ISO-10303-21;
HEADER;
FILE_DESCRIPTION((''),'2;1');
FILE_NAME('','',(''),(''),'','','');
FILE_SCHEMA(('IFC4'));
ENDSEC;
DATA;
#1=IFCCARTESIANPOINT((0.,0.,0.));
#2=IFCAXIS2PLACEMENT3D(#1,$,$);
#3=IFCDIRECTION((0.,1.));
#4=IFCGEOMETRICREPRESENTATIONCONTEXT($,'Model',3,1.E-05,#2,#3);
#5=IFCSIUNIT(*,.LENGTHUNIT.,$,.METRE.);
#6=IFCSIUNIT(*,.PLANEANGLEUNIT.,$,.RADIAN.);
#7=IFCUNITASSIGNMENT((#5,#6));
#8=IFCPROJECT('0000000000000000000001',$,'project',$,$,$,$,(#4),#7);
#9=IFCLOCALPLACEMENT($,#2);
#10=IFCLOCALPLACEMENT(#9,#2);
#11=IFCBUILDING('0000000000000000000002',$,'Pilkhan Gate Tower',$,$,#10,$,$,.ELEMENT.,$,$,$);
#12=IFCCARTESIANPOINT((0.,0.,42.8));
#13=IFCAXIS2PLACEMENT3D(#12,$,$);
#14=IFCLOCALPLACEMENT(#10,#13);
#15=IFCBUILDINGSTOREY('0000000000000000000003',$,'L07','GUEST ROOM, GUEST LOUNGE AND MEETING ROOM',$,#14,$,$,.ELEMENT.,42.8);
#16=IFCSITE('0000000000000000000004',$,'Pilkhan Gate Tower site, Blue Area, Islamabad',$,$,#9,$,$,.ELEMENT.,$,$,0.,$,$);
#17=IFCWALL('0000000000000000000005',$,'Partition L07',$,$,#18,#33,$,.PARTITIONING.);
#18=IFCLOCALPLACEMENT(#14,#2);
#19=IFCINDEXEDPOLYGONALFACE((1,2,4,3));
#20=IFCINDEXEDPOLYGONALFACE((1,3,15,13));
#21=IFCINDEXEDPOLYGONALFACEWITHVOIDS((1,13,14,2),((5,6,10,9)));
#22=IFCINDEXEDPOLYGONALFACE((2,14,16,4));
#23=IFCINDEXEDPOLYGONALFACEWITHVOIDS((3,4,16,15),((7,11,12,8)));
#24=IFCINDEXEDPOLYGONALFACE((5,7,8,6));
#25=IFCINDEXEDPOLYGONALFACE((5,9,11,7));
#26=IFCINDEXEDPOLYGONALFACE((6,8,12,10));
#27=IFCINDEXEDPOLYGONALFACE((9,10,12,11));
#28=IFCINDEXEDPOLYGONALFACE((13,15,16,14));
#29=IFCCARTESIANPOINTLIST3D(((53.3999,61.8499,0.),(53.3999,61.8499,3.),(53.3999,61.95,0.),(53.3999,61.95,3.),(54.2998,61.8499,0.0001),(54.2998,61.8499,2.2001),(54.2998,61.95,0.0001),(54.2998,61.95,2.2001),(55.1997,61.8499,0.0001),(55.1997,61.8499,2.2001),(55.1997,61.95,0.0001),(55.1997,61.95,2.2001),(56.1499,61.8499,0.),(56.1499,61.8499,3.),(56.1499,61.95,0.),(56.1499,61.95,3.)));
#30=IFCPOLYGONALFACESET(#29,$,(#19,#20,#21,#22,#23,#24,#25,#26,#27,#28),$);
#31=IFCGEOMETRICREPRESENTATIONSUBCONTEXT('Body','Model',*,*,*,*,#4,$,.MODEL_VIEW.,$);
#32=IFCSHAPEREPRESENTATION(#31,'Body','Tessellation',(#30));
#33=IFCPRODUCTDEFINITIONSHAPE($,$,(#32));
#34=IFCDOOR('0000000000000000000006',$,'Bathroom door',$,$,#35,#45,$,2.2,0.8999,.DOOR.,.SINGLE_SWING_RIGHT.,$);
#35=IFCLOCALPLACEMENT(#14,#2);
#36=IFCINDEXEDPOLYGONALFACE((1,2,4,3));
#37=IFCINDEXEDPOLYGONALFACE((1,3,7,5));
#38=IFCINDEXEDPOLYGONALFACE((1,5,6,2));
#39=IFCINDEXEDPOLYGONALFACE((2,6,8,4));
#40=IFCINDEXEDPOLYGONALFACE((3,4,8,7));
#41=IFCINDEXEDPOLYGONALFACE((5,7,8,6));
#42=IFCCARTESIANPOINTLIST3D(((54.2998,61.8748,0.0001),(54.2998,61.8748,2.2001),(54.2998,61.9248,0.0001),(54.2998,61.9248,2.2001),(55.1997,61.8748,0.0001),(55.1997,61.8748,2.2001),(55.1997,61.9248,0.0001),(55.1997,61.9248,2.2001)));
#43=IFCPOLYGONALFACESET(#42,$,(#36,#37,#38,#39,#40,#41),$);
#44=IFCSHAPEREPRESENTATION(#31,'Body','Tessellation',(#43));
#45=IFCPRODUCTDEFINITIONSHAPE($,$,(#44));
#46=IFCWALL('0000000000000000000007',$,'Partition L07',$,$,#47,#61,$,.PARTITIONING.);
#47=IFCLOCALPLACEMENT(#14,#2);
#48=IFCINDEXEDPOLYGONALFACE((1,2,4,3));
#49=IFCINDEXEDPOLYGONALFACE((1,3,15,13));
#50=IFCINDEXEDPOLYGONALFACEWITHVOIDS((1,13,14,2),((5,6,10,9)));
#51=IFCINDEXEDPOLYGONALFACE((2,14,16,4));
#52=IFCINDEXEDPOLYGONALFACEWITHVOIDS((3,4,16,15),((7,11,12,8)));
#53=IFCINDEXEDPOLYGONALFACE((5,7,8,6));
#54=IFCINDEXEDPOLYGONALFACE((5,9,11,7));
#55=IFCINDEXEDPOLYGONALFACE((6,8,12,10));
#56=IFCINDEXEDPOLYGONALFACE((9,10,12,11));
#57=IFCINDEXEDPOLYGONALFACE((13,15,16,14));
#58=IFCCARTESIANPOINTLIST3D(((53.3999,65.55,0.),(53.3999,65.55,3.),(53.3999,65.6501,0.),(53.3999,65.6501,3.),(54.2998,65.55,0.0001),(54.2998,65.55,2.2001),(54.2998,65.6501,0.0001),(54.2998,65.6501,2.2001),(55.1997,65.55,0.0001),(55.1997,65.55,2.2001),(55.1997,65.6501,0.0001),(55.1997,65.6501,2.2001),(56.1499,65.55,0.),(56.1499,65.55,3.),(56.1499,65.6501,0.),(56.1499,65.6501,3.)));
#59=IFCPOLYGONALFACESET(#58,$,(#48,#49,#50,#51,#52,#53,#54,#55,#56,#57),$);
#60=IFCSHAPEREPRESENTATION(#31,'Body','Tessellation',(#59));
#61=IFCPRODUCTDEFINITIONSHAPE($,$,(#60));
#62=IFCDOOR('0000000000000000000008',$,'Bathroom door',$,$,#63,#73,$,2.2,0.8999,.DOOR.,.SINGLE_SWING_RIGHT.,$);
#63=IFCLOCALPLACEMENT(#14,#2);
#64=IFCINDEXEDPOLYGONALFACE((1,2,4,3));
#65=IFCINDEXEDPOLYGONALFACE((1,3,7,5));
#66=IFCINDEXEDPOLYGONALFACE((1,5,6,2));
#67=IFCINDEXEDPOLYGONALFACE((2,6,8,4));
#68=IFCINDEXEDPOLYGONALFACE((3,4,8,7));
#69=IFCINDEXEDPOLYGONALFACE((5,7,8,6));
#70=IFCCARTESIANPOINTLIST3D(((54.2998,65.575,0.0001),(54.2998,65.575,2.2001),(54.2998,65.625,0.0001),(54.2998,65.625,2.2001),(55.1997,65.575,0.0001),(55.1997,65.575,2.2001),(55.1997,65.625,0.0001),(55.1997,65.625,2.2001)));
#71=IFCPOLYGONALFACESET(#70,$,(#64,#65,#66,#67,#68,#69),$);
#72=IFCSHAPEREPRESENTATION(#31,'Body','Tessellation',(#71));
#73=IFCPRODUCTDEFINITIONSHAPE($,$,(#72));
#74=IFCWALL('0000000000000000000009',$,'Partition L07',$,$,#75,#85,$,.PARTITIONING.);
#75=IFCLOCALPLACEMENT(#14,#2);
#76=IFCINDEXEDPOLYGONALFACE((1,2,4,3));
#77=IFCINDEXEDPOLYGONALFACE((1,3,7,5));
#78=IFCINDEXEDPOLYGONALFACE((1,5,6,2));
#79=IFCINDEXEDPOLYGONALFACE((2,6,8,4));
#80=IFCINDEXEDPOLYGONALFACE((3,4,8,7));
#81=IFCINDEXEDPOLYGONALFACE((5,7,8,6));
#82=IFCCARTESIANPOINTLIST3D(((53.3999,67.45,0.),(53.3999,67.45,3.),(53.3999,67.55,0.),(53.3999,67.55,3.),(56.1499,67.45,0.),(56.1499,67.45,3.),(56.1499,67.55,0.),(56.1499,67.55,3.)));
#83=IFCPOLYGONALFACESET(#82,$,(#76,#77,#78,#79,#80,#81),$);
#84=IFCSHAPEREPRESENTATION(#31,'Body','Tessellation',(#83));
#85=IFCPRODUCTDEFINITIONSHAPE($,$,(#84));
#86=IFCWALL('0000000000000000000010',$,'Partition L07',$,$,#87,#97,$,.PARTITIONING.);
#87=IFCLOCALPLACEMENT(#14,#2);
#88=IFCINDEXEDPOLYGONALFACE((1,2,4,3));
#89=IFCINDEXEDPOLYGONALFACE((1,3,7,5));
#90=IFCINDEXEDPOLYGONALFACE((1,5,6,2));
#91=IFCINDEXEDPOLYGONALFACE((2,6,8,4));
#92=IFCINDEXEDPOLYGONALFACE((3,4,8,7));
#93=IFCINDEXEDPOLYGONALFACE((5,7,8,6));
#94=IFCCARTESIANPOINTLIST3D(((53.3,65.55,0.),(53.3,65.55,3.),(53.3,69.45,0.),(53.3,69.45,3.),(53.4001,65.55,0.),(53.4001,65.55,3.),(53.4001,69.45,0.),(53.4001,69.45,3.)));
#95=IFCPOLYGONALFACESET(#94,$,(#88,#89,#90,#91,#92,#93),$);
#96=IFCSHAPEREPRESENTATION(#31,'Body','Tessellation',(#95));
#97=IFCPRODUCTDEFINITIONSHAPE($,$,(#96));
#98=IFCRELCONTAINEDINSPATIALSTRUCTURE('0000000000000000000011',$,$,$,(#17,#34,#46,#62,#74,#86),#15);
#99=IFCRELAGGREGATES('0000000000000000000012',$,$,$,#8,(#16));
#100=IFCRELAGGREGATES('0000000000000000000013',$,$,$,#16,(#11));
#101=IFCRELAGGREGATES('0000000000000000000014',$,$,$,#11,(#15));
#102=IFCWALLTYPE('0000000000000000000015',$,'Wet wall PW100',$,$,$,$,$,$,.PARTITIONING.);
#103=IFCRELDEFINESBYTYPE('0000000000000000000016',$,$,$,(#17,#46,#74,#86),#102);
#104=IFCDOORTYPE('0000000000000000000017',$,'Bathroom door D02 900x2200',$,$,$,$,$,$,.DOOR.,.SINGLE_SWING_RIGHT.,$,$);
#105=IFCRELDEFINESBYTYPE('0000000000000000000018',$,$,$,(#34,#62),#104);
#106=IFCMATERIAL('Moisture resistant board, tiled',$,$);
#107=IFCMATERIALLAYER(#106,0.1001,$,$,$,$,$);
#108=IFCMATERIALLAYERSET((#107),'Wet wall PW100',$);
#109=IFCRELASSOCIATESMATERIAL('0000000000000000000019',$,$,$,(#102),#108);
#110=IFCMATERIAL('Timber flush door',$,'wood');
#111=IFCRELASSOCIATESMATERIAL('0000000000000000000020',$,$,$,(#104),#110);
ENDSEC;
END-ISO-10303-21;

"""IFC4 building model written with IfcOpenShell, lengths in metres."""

from ifc_helpers import new_model, si_unit, direction, frame, frame_2d, origin, place, context, subcontext, project, spatial, rectangle, extrude, material, layer, layer_set, type_object, element, fill, save


model = new_model("IFC4")

# Units and contexts
model_context = context("Model", 3, precision=1e-05, world=origin(), true_north=direction((0.0, 1.0)))
body_context = subcontext(model_context, "Body", "Model", "MODEL_VIEW")
ifc_project = project(units=[si_unit("LENGTHUNIT", "METRE"), si_unit("PLANEANGLEUNIT", "RADIAN")], contexts=[model_context])

# Site, building, storey
site_placement = place(None, origin())
site = spatial("IfcSite", under=ifc_project, at=site_placement, Name="Pilkhan Gate Tower site, Blue Area, Islamabad", CompositionType="ELEMENT", RefElevation=0.0)
building_placement = place(site_placement, origin())
building = spatial("IfcBuilding", under=site, at=building_placement, Name="Pilkhan Gate Tower", CompositionType="ELEMENT")
storey_placement = place(building_placement, frame((0.0, 0.0, 42.8)))
storey = spatial("IfcBuildingStorey", under=building, at=storey_placement, Name="L07", Description="GUEST ROOM, GUEST LOUNGE AND MEETING ROOM", CompositionType="ELEMENT", Elevation=42.8)

# Walls, openings, doors
ifc_material_1 = material(Name="Moisture resistant board, tiled")
ifc_layer_1 = layer(ifc_material_1, 0.1001)
ifc_layer_set_1 = layer_set([ifc_layer_1], Name="Wet wall PW100")
wall_type_1 = type_object("IfcWallType", Name="Wet wall PW100", PredefinedType="PARTITIONING", material=ifc_layer_set_1)
wall_1_placement = place(storey_placement, frame((53.3999, 61.8999, 0.0), z_axis=(0.0, 0.0, 1.0), x_axis=(1.0, 0.0, 0.0)))
wall_1 = element("IfcWall", 1, at=wall_1_placement, inside=storey, type_object=wall_type_1, Name="Partition L07", PredefinedType="PARTITIONING", context=body_context, shape_type="SweptSolid", body=[
    extrude(rectangle(XDim=2.75, YDim=0.1001, at=frame_2d((1.375, 0.0))), origin(), (0.0, 0.0, 1.0), 3.0),
])
opening_1_placement = place(wall_1_placement, frame((0.8999, 0.0, 0.0)))
opening_1 = element("IfcOpeningElement", 2, at=opening_1_placement, cuts=wall_1, PredefinedType="OPENING", context=body_context, shape_type="SweptSolid", body=[
    extrude(rectangle(XDim=0.8999, YDim=2.2, at=frame_2d((0.45, 1.1001))), frame((0.0, 0.0601, 0.0), z_axis=(0.0, -1.0, 0.0), x_axis=(1.0, 0.0, 0.0)), (0.0, 0.0, 1.0), 0.1201),
])
ifc_material_2 = material(Name="Timber flush door", Category="wood")
door_type = type_object("IfcDoorType", Name="Bathroom door D02 900x2200", OperationType="SINGLE_SWING_RIGHT", PredefinedType="DOOR", material=ifc_material_2)
door_1_placement = place(opening_1_placement, origin())
door_1 = element("IfcDoor", 3, at=door_1_placement, inside=storey, type_object=door_type, Name="Bathroom door", OperationType="SINGLE_SWING_RIGHT", OverallHeight=2.2, OverallWidth=0.8999, PredefinedType="DOOR", context=body_context, shape_type="SweptSolid", body=[
    extrude(rectangle(XDim=0.8999, YDim=2.2, at=frame_2d((0.45, 1.1001))), frame((0.0, 0.0249, 0.0), z_axis=(0.0, -1.0, 0.0), x_axis=(1.0, 0.0, 0.0)), (0.0, 0.0, 1.0), 0.05),
])
fill(opening_1, door_1)
wall_2_placement = place(storey_placement, frame((53.3999, 65.6001, 0.0), z_axis=(0.0, 0.0, 1.0), x_axis=(1.0, 0.0, 0.0)))
wall_2 = element("IfcWall", 4, at=wall_2_placement, inside=storey, type_object=wall_type_1, Name="Partition L07", PredefinedType="PARTITIONING", context=body_context, shape_type="SweptSolid", body=[
    extrude(rectangle(XDim=2.75, YDim=0.1001, at=frame_2d((1.375, 0.0))), origin(), (0.0, 0.0, 1.0), 3.0),
])
opening_2_placement = place(wall_2_placement, frame((0.8999, 0.0, 0.0)))
opening_2 = element("IfcOpeningElement", 5, at=opening_2_placement, cuts=wall_2, PredefinedType="OPENING", context=body_context, shape_type="SweptSolid", body=[
    extrude(rectangle(XDim=0.8999, YDim=2.2, at=frame_2d((0.45, 1.1001))), frame((0.0, 0.0601, 0.0), z_axis=(0.0, -1.0, 0.0), x_axis=(1.0, 0.0, 0.0)), (0.0, 0.0, 1.0), 0.1201),
])
door_2_placement = place(opening_2_placement, origin())
door_2 = element("IfcDoor", 6, at=door_2_placement, inside=storey, type_object=door_type, Name="Bathroom door", OperationType="SINGLE_SWING_RIGHT", OverallHeight=2.2, OverallWidth=0.8999, PredefinedType="DOOR", context=body_context, shape_type="SweptSolid", body=[
    extrude(rectangle(XDim=0.8999, YDim=2.2, at=frame_2d((0.45, 1.1001))), frame((0.0, 0.0249, 0.0), z_axis=(0.0, -1.0, 0.0), x_axis=(1.0, 0.0, 0.0)), (0.0, 0.0, 1.0), 0.05),
])
fill(opening_2, door_2)

# Walls
wall_3_placement = place(storey_placement, frame((53.3999, 67.5, 0.0), z_axis=(0.0, 0.0, 1.0), x_axis=(1.0, 0.0, 0.0)))
element("IfcWall", 7, at=wall_3_placement, inside=storey, type_object=wall_type_1, Name="Partition L07", PredefinedType="PARTITIONING", context=body_context, shape_type="SweptSolid", body=[
    extrude(rectangle(XDim=2.75, YDim=0.1001, at=frame_2d((1.375, 0.0))), origin(), (0.0, 0.0, 1.0), 3.0),
])
wall_4_placement = place(storey_placement, frame((53.3501, 65.55, 0.0), z_axis=(0.0, 0.0, 1.0), x_axis=(0.0, 1.0, 0.0)))
element("IfcWall", 8, at=wall_4_placement, inside=storey, type_object=wall_type_1, Name="Partition L07", PredefinedType="PARTITIONING", context=body_context, shape_type="SweptSolid", body=[
    extrude(rectangle(XDim=3.8999, YDim=0.1001, at=frame_2d((1.95, 0.0))), origin(), (0.0, 0.0, 1.0), 3.0),
])

save(model, "model.ifc")
